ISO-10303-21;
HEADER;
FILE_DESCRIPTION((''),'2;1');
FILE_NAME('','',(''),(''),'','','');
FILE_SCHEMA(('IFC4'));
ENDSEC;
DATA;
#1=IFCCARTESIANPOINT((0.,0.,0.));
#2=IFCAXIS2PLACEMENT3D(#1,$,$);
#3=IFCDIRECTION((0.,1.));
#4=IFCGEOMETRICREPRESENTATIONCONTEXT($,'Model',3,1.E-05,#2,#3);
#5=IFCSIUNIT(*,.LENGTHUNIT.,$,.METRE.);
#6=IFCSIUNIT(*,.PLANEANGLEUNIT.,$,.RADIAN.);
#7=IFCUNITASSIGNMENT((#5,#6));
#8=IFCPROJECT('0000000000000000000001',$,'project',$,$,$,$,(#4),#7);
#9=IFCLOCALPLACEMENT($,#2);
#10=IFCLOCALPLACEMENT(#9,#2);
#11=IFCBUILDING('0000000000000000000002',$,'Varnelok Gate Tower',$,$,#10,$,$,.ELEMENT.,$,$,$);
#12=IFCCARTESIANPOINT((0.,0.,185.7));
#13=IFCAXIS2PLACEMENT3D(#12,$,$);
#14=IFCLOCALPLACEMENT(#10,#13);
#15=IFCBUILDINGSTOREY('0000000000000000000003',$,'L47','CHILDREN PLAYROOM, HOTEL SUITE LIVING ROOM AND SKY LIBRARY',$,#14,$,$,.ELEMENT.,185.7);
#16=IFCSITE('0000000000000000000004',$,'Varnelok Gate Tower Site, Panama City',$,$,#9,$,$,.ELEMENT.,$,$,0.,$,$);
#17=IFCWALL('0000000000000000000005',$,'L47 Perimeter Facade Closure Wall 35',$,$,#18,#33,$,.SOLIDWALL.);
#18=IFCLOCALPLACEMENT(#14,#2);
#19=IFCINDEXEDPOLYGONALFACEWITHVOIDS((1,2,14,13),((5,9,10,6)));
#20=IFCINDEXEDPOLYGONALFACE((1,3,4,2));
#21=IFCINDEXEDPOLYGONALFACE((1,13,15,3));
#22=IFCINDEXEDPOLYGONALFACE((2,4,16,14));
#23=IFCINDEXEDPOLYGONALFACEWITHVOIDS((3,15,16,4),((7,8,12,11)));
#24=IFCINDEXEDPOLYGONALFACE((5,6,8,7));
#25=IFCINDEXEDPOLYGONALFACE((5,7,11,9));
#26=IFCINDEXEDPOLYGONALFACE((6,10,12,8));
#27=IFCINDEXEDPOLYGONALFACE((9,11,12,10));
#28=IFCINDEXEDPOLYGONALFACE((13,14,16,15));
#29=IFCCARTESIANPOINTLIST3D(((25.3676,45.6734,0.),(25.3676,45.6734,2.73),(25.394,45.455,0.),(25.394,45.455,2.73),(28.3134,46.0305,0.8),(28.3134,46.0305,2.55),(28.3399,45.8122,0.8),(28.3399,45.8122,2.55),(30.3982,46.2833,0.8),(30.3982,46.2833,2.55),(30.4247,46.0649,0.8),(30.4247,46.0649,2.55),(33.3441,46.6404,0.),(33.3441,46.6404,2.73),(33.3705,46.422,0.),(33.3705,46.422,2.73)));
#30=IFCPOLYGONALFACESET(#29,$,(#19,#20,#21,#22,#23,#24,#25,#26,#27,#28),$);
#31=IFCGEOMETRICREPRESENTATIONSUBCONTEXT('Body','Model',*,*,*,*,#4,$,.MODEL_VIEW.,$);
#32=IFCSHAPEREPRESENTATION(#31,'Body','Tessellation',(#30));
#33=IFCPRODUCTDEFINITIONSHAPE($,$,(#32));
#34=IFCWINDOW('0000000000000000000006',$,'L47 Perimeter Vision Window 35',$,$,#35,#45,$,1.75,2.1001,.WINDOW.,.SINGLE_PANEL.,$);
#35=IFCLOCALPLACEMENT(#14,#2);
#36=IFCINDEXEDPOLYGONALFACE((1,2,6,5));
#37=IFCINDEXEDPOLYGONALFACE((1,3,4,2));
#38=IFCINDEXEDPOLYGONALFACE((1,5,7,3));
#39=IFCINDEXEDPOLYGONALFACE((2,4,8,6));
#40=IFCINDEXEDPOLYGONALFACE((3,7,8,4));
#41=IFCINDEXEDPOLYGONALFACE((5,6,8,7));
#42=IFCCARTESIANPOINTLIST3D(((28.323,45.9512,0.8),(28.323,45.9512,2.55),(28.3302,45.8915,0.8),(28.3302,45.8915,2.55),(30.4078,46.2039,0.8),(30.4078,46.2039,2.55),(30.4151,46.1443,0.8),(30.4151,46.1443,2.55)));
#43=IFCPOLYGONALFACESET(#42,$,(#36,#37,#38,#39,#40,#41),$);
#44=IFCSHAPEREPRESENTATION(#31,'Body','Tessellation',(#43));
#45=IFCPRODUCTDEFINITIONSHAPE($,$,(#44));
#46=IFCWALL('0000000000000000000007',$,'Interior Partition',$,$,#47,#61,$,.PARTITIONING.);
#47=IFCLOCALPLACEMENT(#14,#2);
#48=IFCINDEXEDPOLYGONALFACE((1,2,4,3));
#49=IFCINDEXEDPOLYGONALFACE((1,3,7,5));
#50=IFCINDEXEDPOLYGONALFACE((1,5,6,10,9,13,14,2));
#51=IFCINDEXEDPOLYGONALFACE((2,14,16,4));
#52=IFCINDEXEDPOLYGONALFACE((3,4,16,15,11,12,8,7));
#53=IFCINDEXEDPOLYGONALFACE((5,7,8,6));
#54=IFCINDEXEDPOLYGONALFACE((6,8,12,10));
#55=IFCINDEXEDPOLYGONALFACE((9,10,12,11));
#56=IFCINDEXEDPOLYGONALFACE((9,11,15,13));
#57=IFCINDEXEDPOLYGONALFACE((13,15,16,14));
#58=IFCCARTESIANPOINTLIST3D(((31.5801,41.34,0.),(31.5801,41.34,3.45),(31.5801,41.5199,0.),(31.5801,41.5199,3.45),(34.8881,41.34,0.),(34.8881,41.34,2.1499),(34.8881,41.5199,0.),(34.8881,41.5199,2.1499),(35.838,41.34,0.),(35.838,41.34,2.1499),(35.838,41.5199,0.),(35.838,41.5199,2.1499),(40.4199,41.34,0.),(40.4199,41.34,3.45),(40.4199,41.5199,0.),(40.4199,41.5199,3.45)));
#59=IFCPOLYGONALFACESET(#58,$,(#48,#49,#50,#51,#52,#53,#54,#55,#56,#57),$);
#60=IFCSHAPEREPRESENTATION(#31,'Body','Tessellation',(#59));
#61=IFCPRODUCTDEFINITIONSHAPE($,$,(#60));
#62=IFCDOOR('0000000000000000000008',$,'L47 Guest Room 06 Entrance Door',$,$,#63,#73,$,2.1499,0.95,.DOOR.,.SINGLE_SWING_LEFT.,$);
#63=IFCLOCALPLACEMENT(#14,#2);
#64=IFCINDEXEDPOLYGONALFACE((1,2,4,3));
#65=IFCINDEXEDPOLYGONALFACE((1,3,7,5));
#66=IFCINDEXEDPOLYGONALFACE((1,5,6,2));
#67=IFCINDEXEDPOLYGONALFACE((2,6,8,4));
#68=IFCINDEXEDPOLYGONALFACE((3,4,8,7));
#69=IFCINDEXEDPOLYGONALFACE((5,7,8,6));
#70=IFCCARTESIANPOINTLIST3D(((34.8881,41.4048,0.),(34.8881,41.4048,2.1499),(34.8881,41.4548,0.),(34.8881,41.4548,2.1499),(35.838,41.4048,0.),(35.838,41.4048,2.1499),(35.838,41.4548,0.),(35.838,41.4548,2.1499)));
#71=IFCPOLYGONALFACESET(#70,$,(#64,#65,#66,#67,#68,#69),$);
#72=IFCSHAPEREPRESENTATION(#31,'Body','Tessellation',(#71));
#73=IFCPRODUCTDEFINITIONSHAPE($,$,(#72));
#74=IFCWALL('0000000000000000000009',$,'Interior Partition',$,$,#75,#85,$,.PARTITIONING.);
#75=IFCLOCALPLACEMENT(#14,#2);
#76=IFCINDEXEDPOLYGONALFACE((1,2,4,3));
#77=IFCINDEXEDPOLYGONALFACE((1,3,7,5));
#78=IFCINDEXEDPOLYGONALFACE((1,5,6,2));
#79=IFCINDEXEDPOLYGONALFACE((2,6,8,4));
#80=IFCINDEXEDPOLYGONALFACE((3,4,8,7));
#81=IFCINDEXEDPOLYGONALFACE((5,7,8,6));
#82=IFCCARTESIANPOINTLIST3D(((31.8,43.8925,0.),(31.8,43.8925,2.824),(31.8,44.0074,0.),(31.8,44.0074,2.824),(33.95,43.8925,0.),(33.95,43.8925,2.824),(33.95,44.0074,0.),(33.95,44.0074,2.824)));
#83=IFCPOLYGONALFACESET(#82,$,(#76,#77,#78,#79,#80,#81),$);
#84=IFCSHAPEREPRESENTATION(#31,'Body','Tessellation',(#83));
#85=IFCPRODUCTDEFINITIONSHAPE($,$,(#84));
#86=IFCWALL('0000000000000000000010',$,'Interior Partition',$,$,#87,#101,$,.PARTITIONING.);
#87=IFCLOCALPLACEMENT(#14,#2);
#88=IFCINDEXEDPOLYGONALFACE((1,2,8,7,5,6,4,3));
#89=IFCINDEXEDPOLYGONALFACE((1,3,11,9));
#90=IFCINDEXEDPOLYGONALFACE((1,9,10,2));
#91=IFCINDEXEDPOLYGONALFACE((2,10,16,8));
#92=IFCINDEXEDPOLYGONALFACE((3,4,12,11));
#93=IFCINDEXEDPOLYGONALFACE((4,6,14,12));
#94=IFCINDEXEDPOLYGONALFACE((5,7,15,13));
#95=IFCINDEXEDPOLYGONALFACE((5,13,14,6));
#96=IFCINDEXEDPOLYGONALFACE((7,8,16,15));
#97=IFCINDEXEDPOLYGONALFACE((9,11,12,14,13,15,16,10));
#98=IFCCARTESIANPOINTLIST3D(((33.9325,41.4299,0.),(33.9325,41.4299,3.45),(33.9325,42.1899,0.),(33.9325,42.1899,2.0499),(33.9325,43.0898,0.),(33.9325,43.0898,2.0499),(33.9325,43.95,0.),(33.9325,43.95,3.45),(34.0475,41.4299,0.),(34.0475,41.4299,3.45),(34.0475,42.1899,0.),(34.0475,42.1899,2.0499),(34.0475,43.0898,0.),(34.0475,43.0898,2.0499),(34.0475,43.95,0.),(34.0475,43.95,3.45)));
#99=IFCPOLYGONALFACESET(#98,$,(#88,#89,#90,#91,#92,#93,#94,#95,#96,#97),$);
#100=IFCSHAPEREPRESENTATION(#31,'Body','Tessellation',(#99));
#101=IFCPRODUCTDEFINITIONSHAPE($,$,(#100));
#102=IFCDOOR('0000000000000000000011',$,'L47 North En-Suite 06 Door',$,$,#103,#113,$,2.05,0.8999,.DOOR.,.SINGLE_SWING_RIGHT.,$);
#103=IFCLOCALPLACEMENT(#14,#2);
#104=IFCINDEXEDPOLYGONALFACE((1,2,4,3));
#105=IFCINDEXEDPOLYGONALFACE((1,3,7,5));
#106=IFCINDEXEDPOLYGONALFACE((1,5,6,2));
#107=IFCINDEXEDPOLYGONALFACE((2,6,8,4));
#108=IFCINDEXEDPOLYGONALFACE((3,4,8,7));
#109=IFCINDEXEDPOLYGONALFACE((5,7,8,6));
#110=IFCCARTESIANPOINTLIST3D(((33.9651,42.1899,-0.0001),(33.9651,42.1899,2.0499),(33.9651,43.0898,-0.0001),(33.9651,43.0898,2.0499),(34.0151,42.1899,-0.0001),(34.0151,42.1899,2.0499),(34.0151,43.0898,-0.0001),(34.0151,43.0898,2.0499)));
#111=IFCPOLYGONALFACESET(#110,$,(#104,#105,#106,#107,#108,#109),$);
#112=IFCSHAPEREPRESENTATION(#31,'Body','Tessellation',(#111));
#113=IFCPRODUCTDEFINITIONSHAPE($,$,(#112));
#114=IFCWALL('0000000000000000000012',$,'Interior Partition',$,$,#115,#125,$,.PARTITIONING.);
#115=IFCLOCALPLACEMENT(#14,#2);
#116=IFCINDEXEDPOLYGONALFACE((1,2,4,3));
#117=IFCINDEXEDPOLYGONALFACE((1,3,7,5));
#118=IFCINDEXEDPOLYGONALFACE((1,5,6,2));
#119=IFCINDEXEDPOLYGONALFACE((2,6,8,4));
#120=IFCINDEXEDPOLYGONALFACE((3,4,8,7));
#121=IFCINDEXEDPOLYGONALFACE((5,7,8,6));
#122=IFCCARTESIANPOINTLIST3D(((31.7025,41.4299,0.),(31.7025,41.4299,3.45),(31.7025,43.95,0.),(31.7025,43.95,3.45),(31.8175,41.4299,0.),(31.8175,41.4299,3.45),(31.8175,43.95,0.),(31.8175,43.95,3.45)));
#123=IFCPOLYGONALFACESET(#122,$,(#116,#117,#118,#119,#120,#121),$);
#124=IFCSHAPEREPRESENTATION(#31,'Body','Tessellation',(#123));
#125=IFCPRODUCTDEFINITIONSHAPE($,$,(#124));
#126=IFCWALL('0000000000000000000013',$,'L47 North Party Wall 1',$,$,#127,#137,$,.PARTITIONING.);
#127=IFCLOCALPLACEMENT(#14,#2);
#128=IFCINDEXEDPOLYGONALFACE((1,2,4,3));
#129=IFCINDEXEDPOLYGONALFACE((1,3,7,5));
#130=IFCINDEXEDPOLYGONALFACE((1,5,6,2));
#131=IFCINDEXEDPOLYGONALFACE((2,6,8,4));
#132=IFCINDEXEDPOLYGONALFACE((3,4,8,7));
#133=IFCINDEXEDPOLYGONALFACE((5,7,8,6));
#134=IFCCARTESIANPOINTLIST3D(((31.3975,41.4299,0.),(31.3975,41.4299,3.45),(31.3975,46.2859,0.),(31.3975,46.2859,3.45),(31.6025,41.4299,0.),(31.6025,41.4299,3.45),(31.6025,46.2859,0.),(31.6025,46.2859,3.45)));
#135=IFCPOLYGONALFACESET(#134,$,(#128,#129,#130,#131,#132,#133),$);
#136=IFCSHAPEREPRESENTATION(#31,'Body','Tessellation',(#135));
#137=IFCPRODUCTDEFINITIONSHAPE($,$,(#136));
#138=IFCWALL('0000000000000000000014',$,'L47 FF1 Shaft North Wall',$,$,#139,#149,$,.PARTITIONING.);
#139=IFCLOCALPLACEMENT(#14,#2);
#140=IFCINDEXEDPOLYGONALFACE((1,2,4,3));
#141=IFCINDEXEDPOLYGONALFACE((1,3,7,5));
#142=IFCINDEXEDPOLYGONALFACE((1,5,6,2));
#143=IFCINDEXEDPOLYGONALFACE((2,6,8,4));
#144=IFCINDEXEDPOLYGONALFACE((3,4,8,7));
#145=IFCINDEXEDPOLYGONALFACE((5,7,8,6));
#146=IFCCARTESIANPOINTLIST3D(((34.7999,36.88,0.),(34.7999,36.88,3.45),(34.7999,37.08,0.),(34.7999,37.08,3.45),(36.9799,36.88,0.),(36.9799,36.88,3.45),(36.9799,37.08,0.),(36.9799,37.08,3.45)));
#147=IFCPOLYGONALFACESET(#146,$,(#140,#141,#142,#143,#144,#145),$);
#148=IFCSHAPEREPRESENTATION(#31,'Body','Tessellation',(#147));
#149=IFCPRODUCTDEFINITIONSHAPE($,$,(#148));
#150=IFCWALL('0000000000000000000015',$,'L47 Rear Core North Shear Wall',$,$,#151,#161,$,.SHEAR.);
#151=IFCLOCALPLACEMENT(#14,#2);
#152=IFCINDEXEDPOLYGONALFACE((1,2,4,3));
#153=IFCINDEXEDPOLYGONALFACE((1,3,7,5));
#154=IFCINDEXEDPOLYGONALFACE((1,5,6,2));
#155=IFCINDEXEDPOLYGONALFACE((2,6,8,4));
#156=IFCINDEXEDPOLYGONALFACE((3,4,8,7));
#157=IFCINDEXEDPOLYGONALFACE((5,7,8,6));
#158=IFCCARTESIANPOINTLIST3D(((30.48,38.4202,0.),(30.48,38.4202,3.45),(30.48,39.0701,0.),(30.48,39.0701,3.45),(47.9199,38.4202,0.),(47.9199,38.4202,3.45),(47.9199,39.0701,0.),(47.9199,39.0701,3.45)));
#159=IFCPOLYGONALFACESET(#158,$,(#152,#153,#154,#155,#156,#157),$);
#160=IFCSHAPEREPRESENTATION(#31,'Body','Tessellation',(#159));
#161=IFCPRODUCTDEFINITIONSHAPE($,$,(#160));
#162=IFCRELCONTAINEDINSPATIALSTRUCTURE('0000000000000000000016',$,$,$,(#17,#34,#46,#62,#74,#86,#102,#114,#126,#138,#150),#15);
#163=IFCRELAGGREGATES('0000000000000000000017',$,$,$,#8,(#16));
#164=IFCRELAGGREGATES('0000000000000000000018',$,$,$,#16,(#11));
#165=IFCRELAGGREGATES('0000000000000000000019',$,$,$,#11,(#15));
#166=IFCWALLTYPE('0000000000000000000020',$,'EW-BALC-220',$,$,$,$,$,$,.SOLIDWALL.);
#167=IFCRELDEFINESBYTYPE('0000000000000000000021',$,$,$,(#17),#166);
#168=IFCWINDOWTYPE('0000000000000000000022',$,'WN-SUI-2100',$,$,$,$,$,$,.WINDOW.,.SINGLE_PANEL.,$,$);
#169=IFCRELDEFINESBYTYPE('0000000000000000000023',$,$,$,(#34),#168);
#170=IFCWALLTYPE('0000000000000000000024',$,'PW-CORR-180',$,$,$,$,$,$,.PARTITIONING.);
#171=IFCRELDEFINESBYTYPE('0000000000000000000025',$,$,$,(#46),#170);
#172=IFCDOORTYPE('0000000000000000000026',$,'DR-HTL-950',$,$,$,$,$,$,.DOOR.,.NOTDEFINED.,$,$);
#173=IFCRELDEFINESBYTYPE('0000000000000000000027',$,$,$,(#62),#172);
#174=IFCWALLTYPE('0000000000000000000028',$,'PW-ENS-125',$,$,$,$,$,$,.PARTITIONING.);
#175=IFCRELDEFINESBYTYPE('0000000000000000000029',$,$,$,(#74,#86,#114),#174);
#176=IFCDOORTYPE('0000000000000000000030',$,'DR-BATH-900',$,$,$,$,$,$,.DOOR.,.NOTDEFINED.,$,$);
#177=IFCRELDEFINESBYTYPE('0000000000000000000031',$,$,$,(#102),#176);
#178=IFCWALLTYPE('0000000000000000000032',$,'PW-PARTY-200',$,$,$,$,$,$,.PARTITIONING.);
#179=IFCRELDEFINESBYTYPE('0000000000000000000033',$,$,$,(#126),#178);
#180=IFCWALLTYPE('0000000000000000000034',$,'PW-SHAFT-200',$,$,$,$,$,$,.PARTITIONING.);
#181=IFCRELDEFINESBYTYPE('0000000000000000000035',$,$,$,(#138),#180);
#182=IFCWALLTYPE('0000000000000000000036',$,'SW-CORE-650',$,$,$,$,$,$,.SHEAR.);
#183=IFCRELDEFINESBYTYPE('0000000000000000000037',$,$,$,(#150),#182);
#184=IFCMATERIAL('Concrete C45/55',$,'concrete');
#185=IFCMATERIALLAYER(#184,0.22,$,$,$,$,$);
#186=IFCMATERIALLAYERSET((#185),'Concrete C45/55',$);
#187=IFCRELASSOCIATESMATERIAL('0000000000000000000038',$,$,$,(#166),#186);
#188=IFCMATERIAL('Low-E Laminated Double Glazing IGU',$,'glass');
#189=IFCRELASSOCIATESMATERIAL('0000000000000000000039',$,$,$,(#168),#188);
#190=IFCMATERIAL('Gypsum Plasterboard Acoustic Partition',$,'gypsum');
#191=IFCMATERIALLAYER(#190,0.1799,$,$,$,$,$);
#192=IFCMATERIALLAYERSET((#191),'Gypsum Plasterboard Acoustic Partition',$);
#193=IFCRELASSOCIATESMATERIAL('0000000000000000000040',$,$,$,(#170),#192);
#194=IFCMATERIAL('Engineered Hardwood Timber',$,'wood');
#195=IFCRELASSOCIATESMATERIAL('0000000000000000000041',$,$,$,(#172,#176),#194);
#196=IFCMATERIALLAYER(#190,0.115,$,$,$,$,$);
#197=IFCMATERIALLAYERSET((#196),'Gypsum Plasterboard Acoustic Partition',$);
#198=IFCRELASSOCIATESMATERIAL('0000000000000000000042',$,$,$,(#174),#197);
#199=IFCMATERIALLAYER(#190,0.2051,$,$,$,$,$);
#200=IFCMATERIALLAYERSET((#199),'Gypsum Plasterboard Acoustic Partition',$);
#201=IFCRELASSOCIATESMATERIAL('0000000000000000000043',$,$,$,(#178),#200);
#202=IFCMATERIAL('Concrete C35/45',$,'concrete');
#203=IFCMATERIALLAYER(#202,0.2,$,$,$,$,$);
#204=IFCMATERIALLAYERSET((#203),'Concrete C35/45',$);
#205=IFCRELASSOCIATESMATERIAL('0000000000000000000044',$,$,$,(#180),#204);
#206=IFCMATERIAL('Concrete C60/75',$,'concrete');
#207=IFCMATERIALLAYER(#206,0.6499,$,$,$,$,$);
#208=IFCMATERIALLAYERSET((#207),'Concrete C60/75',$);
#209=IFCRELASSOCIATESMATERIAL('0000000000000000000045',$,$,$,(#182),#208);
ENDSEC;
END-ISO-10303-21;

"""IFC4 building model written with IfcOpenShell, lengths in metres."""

from ifc_helpers import new_model, si_unit, direction, frame, frame_2d, origin, place, context, subcontext, project, spatial, rectangle, extrude, material, layer, layer_set, type_object, element, fill, save


model = new_model("IFC4")

# Units and contexts
model_context = context("Model", 3, precision=1e-05, world=origin(), true_north=direction((0.0, 1.0)))
body_context = subcontext(model_context, "Body", "Model", "MODEL_VIEW")
ifc_project = project(units=[si_unit("LENGTHUNIT", "METRE"), si_unit("PLANEANGLEUNIT", "RADIAN")], contexts=[model_context])

# Site, building, storey
site_placement = place(None, origin())
site = spatial("IfcSite", under=ifc_project, at=site_placement, Name="Varnelok Gate Tower Site, Panama City", CompositionType="ELEMENT", RefElevation=0.0)
building_placement = place(site_placement, origin())
building = spatial("IfcBuilding", under=site, at=building_placement, Name="Varnelok Gate Tower", CompositionType="ELEMENT")
storey_placement = place(building_placement, frame((0.0, 0.0, 185.7)))
storey = spatial("IfcBuildingStorey", under=building, at=storey_placement, Name="L47", Description="CHILDREN PLAYROOM, HOTEL SUITE LIVING ROOM AND SKY LIBRARY", CompositionType="ELEMENT", Elevation=185.7)

# Shared definitions
ifc_material_1 = material(Name="Concrete C60/75", Category="concrete")

# Shared definitions
ifc_material_2 = material(Name="Concrete C45/55", Category="concrete")
ifc_layer_1 = layer(ifc_material_2, 0.22)
ifc_layer_set_1 = layer_set([ifc_layer_1], Name="Concrete C45/55")
wall_type_1 = type_object("IfcWallType", Name="EW-BALC-220", PredefinedType="SOLIDWALL", material=ifc_layer_set_1)

# Wall, opening, window
wall_1_placement = place(storey_placement, frame((33.3574, 46.5312, 0.0), z_axis=(0.0, 0.0, 1.0), x_axis=(-0.992731, -0.120354, 0.0)))
wall_1 = element("IfcWall", 1, at=wall_1_placement, inside=storey, type_object=wall_type_1, Name="L47 Perimeter Facade Closure Wall 35", PredefinedType="SOLIDWALL", context=body_context, shape_type="SweptSolid", body=[
    extrude(rectangle(XDim=8.0349, YDim=0.22, at=frame_2d((4.0176, 0.0))), origin(), (0.0, 0.0, 1.0), 2.73),
])
opening_1_placement = place(wall_1_placement, frame((2.9675, 0.0, 0.8)))
opening_1 = element("IfcOpeningElement", 2, at=opening_1_placement, cuts=wall_1, PredefinedType="OPENING", context=body_context, shape_type="SweptSolid", body=[
    extrude(rectangle(XDim=2.1001, YDim=1.75, at=frame_2d((1.05, 0.875))), frame((0.0, 0.1199, 0.0), z_axis=(0.0, -1.0, 0.0), x_axis=(1.0, 0.0, 0.0)), (0.0, 0.0, 1.0), 0.24),
])
ifc_material_3 = material(Name="Low-E Laminated Double Glazing IGU", Category="glass")
window_type = type_object("IfcWindowType", Name="WN-SUI-2100", PartitioningType="SINGLE_PANEL", PredefinedType="WINDOW", material=ifc_material_3)
window_placement = place(opening_1_placement, origin())
window = element("IfcWindow", 3, at=window_placement, inside=storey, type_object=window_type, Name="L47 Perimeter Vision Window 35", OverallHeight=1.75, OverallWidth=2.1001, PartitioningType="SINGLE_PANEL", PredefinedType="WINDOW", context=body_context, shape_type="SweptSolid", body=[
    extrude(rectangle(XDim=2.1001, YDim=1.75, at=frame_2d((1.05, 0.875))), frame((0.0, 0.03, 0.0), z_axis=(0.0, -1.0, 0.0), x_axis=(1.0, 0.0, 0.0)), (0.0, 0.0, 1.0), 0.0601),
])
fill(opening_1, window)

# Wall, opening, door
ifc_material_4 = material(Name="Gypsum Plasterboard Acoustic Partition", Category="gypsum")
ifc_layer_2 = layer(ifc_material_4, 0.1799)
ifc_layer_set_2 = layer_set([ifc_layer_2], Name="Gypsum Plasterboard Acoustic Partition")
wall_type_2 = type_object("IfcWallType", Name="PW-CORR-180", PredefinedType="PARTITIONING", material=ifc_layer_set_2)
wall_2_placement = place(storey_placement, frame((31.5801, 41.4299, 0.0), z_axis=(0.0, 0.0, 1.0), x_axis=(1.0, 0.0, 0.0)))
wall_2 = element("IfcWall", 4, at=wall_2_placement, inside=storey, type_object=wall_type_2, Name="Interior Partition", PredefinedType="PARTITIONING", context=body_context, shape_type="SweptSolid", body=[
    extrude(rectangle(XDim=8.8398, YDim=0.1799, at=frame_2d((4.4199, 0.0))), origin(), (0.0, 0.0, 1.0), 3.45),
])
opening_2_placement = place(wall_2_placement, frame((3.3079, 0.0, 0.0)))
opening_2 = element("IfcOpeningElement", 5, at=opening_2_placement, cuts=wall_2, PredefinedType="OPENING", context=body_context, shape_type="SweptSolid", body=[
    extrude(rectangle(XDim=0.95, YDim=2.1499, at=frame_2d((0.4751, 1.075))), frame((0.0, 0.0999, 0.0), z_axis=(0.0, -1.0, 0.0), x_axis=(1.0, 0.0, 0.0)), (0.0, 0.0, 1.0), 0.2),
])
ifc_material_5 = material(Name="Engineered Hardwood Timber", Category="wood")
door_type_1 = type_object("IfcDoorType", Name="DR-HTL-950", OperationType="NOTDEFINED", PredefinedType="DOOR", material=ifc_material_5)
door_1_placement = place(opening_2_placement, origin())
door_1 = element("IfcDoor", 6, at=door_1_placement, inside=storey, type_object=door_type_1, Name="L47 Guest Room 06 Entrance Door", OperationType="SINGLE_SWING_LEFT", OverallHeight=2.1499, OverallWidth=0.95, PredefinedType="DOOR", context=body_context, shape_type="SweptSolid", body=[
    extrude(rectangle(XDim=0.95, YDim=2.1499, at=frame_2d((0.4751, 1.075))), frame((0.0, 0.0249, 0.0), z_axis=(0.0, -1.0, 0.0), x_axis=(1.0, 0.0, 0.0)), (0.0, 0.0, 1.0), 0.05),
])
fill(opening_2, door_1)

# Wall
ifc_layer_3 = layer(ifc_material_4, 0.115)
ifc_layer_set_3 = layer_set([ifc_layer_3], Name="Gypsum Plasterboard Acoustic Partition")
wall_type_3 = type_object("IfcWallType", Name="PW-ENS-125", PredefinedType="PARTITIONING", material=ifc_layer_set_3)
wall_3_placement = place(storey_placement, frame((31.8, 43.95, 0.0), z_axis=(0.0, 0.0, 1.0), x_axis=(1.0, 0.0, 0.0)))
element("IfcWall", 7, at=wall_3_placement, inside=storey, type_object=wall_type_3, Name="Interior Partition", PredefinedType="PARTITIONING", context=body_context, shape_type="SweptSolid", body=[
    extrude(rectangle(XDim=2.1499, YDim=0.115, at=frame_2d((1.075, 0.0))), origin(), (0.0, 0.0, 1.0), 2.824),
])

# Wall, opening, door
wall_4_placement = place(storey_placement, frame((33.99, 41.4299, 0.0), z_axis=(0.0, 0.0, 1.0), x_axis=(0.0, 1.0, 0.0)))
wall_4 = element("IfcWall", 8, at=wall_4_placement, inside=storey, type_object=wall_type_3, Name="Interior Partition", PredefinedType="PARTITIONING", context=body_context, shape_type="SweptSolid", body=[
    extrude(rectangle(XDim=2.52, YDim=0.115, at=frame_2d((1.26, 0.0))), origin(), (0.0, 0.0, 1.0), 3.45),
])
opening_3_placement = place(wall_4_placement, frame((0.76, 0.0, 0.0)))
opening_3 = element("IfcOpeningElement", 9, at=opening_3_placement, cuts=wall_4, PredefinedType="OPENING", context=body_context, shape_type="SweptSolid", body=[
    extrude(rectangle(XDim=0.8999, YDim=2.05, at=frame_2d((0.45, 1.0249))), frame((0.0, 0.0674, 0.0), z_axis=(0.0, -1.0, 0.0), x_axis=(1.0, 0.0, 0.0)), (0.0, 0.0, 1.0), 0.135),
])
door_type_2 = type_object("IfcDoorType", Name="DR-BATH-900", OperationType="NOTDEFINED", PredefinedType="DOOR", material=ifc_material_5)
door_2_placement = place(opening_3_placement, origin())
door_2 = element("IfcDoor", 10, at=door_2_placement, inside=storey, type_object=door_type_2, Name="L47 North En-Suite 06 Door", OperationType="SINGLE_SWING_RIGHT", OverallHeight=2.05, OverallWidth=0.8999, PredefinedType="DOOR", context=body_context, shape_type="SweptSolid", body=[
    extrude(rectangle(XDim=0.8999, YDim=2.05, at=frame_2d((0.45, 1.0249))), frame((0.0, 0.0249, 0.0), z_axis=(0.0, -1.0, 0.0), x_axis=(1.0, 0.0, 0.0)), (0.0, 0.0, 1.0), 0.05),
])
fill(opening_3, door_2)

# Walls
wall_5_placement = place(storey_placement, frame((31.76, 41.4299, 0.0), z_axis=(0.0, 0.0, 1.0), x_axis=(0.0, 1.0, 0.0)))
element("IfcWall", 11, at=wall_5_placement, inside=storey, type_object=wall_type_3, Name="Interior Partition", PredefinedType="PARTITIONING", context=body_context, shape_type="SweptSolid", body=[
    extrude(rectangle(XDim=2.52, YDim=0.115, at=frame_2d((1.26, 0.0))), origin(), (0.0, 0.0, 1.0), 3.45),
])
ifc_layer_4 = layer(ifc_material_4, 0.2051)
ifc_layer_set_4 = layer_set([ifc_layer_4], Name="Gypsum Plasterboard Acoustic Partition")
wall_type_4 = type_object("IfcWallType", Name="PW-PARTY-200", PredefinedType="PARTITIONING", material=ifc_layer_set_4)
wall_6_placement = place(storey_placement, frame((31.5, 41.4299, 0.0), z_axis=(0.0, 0.0, 1.0), x_axis=(0.0, 1.0, 0.0)))
element("IfcWall", 12, at=wall_6_placement, inside=storey, type_object=wall_type_4, Name="L47 North Party Wall 1", PredefinedType="PARTITIONING", context=body_context, shape_type="SweptSolid", body=[
    extrude(rectangle(XDim=4.856, YDim=0.2051, at=frame_2d((2.428, 0.0))), origin(), (0.0, 0.0, 1.0), 3.45),
])
ifc_material_6 = material(Name="Concrete C35/45", Category="concrete")
ifc_layer_5 = layer(ifc_material_6, 0.2)
ifc_layer_set_5 = layer_set([ifc_layer_5], Name="Concrete C35/45")
wall_type_5 = type_object("IfcWallType", Name="PW-SHAFT-200", PredefinedType="PARTITIONING", material=ifc_layer_set_5)
wall_7_placement = place(storey_placement, frame((34.8, 36.98, 0.0), z_axis=(0.0, 0.0, 1.0), x_axis=(1.0, 0.0, 0.0)))
element("IfcWall", 13, at=wall_7_placement, inside=storey, type_object=wall_type_5, Name="L47 FF1 Shaft North Wall", PredefinedType="PARTITIONING", context=body_context, shape_type="SweptSolid", body=[
    extrude(rectangle(XDim=2.1799, YDim=0.2, at=frame_2d((1.0898, 0.0))), origin(), (0.0, 0.0, 1.0), 3.45),
])
ifc_layer_6 = layer(ifc_material_1, 0.6499)
ifc_layer_set_6 = layer_set([ifc_layer_6], Name="Concrete C60/75")
wall_type_6 = type_object("IfcWallType", Name="SW-CORE-650", PredefinedType="SHEAR", material=ifc_layer_set_6)
wall_8_placement = place(storey_placement, frame((30.48, 38.7451, 0.0), z_axis=(0.0, 0.0, 1.0), x_axis=(1.0, 0.0, 0.0)))
element("IfcWall", 14, at=wall_8_placement, inside=storey, type_object=wall_type_6, Name="L47 Rear Core North Shear Wall", PredefinedType="SHEAR", context=body_context, shape_type="SweptSolid", body=[
    extrude(rectangle(XDim=17.4399, YDim=0.6499, at=frame_2d((8.72, 0.0))), origin(), (0.0, 0.0, 1.0), 3.45),
])

save(model, "model.ifc")
